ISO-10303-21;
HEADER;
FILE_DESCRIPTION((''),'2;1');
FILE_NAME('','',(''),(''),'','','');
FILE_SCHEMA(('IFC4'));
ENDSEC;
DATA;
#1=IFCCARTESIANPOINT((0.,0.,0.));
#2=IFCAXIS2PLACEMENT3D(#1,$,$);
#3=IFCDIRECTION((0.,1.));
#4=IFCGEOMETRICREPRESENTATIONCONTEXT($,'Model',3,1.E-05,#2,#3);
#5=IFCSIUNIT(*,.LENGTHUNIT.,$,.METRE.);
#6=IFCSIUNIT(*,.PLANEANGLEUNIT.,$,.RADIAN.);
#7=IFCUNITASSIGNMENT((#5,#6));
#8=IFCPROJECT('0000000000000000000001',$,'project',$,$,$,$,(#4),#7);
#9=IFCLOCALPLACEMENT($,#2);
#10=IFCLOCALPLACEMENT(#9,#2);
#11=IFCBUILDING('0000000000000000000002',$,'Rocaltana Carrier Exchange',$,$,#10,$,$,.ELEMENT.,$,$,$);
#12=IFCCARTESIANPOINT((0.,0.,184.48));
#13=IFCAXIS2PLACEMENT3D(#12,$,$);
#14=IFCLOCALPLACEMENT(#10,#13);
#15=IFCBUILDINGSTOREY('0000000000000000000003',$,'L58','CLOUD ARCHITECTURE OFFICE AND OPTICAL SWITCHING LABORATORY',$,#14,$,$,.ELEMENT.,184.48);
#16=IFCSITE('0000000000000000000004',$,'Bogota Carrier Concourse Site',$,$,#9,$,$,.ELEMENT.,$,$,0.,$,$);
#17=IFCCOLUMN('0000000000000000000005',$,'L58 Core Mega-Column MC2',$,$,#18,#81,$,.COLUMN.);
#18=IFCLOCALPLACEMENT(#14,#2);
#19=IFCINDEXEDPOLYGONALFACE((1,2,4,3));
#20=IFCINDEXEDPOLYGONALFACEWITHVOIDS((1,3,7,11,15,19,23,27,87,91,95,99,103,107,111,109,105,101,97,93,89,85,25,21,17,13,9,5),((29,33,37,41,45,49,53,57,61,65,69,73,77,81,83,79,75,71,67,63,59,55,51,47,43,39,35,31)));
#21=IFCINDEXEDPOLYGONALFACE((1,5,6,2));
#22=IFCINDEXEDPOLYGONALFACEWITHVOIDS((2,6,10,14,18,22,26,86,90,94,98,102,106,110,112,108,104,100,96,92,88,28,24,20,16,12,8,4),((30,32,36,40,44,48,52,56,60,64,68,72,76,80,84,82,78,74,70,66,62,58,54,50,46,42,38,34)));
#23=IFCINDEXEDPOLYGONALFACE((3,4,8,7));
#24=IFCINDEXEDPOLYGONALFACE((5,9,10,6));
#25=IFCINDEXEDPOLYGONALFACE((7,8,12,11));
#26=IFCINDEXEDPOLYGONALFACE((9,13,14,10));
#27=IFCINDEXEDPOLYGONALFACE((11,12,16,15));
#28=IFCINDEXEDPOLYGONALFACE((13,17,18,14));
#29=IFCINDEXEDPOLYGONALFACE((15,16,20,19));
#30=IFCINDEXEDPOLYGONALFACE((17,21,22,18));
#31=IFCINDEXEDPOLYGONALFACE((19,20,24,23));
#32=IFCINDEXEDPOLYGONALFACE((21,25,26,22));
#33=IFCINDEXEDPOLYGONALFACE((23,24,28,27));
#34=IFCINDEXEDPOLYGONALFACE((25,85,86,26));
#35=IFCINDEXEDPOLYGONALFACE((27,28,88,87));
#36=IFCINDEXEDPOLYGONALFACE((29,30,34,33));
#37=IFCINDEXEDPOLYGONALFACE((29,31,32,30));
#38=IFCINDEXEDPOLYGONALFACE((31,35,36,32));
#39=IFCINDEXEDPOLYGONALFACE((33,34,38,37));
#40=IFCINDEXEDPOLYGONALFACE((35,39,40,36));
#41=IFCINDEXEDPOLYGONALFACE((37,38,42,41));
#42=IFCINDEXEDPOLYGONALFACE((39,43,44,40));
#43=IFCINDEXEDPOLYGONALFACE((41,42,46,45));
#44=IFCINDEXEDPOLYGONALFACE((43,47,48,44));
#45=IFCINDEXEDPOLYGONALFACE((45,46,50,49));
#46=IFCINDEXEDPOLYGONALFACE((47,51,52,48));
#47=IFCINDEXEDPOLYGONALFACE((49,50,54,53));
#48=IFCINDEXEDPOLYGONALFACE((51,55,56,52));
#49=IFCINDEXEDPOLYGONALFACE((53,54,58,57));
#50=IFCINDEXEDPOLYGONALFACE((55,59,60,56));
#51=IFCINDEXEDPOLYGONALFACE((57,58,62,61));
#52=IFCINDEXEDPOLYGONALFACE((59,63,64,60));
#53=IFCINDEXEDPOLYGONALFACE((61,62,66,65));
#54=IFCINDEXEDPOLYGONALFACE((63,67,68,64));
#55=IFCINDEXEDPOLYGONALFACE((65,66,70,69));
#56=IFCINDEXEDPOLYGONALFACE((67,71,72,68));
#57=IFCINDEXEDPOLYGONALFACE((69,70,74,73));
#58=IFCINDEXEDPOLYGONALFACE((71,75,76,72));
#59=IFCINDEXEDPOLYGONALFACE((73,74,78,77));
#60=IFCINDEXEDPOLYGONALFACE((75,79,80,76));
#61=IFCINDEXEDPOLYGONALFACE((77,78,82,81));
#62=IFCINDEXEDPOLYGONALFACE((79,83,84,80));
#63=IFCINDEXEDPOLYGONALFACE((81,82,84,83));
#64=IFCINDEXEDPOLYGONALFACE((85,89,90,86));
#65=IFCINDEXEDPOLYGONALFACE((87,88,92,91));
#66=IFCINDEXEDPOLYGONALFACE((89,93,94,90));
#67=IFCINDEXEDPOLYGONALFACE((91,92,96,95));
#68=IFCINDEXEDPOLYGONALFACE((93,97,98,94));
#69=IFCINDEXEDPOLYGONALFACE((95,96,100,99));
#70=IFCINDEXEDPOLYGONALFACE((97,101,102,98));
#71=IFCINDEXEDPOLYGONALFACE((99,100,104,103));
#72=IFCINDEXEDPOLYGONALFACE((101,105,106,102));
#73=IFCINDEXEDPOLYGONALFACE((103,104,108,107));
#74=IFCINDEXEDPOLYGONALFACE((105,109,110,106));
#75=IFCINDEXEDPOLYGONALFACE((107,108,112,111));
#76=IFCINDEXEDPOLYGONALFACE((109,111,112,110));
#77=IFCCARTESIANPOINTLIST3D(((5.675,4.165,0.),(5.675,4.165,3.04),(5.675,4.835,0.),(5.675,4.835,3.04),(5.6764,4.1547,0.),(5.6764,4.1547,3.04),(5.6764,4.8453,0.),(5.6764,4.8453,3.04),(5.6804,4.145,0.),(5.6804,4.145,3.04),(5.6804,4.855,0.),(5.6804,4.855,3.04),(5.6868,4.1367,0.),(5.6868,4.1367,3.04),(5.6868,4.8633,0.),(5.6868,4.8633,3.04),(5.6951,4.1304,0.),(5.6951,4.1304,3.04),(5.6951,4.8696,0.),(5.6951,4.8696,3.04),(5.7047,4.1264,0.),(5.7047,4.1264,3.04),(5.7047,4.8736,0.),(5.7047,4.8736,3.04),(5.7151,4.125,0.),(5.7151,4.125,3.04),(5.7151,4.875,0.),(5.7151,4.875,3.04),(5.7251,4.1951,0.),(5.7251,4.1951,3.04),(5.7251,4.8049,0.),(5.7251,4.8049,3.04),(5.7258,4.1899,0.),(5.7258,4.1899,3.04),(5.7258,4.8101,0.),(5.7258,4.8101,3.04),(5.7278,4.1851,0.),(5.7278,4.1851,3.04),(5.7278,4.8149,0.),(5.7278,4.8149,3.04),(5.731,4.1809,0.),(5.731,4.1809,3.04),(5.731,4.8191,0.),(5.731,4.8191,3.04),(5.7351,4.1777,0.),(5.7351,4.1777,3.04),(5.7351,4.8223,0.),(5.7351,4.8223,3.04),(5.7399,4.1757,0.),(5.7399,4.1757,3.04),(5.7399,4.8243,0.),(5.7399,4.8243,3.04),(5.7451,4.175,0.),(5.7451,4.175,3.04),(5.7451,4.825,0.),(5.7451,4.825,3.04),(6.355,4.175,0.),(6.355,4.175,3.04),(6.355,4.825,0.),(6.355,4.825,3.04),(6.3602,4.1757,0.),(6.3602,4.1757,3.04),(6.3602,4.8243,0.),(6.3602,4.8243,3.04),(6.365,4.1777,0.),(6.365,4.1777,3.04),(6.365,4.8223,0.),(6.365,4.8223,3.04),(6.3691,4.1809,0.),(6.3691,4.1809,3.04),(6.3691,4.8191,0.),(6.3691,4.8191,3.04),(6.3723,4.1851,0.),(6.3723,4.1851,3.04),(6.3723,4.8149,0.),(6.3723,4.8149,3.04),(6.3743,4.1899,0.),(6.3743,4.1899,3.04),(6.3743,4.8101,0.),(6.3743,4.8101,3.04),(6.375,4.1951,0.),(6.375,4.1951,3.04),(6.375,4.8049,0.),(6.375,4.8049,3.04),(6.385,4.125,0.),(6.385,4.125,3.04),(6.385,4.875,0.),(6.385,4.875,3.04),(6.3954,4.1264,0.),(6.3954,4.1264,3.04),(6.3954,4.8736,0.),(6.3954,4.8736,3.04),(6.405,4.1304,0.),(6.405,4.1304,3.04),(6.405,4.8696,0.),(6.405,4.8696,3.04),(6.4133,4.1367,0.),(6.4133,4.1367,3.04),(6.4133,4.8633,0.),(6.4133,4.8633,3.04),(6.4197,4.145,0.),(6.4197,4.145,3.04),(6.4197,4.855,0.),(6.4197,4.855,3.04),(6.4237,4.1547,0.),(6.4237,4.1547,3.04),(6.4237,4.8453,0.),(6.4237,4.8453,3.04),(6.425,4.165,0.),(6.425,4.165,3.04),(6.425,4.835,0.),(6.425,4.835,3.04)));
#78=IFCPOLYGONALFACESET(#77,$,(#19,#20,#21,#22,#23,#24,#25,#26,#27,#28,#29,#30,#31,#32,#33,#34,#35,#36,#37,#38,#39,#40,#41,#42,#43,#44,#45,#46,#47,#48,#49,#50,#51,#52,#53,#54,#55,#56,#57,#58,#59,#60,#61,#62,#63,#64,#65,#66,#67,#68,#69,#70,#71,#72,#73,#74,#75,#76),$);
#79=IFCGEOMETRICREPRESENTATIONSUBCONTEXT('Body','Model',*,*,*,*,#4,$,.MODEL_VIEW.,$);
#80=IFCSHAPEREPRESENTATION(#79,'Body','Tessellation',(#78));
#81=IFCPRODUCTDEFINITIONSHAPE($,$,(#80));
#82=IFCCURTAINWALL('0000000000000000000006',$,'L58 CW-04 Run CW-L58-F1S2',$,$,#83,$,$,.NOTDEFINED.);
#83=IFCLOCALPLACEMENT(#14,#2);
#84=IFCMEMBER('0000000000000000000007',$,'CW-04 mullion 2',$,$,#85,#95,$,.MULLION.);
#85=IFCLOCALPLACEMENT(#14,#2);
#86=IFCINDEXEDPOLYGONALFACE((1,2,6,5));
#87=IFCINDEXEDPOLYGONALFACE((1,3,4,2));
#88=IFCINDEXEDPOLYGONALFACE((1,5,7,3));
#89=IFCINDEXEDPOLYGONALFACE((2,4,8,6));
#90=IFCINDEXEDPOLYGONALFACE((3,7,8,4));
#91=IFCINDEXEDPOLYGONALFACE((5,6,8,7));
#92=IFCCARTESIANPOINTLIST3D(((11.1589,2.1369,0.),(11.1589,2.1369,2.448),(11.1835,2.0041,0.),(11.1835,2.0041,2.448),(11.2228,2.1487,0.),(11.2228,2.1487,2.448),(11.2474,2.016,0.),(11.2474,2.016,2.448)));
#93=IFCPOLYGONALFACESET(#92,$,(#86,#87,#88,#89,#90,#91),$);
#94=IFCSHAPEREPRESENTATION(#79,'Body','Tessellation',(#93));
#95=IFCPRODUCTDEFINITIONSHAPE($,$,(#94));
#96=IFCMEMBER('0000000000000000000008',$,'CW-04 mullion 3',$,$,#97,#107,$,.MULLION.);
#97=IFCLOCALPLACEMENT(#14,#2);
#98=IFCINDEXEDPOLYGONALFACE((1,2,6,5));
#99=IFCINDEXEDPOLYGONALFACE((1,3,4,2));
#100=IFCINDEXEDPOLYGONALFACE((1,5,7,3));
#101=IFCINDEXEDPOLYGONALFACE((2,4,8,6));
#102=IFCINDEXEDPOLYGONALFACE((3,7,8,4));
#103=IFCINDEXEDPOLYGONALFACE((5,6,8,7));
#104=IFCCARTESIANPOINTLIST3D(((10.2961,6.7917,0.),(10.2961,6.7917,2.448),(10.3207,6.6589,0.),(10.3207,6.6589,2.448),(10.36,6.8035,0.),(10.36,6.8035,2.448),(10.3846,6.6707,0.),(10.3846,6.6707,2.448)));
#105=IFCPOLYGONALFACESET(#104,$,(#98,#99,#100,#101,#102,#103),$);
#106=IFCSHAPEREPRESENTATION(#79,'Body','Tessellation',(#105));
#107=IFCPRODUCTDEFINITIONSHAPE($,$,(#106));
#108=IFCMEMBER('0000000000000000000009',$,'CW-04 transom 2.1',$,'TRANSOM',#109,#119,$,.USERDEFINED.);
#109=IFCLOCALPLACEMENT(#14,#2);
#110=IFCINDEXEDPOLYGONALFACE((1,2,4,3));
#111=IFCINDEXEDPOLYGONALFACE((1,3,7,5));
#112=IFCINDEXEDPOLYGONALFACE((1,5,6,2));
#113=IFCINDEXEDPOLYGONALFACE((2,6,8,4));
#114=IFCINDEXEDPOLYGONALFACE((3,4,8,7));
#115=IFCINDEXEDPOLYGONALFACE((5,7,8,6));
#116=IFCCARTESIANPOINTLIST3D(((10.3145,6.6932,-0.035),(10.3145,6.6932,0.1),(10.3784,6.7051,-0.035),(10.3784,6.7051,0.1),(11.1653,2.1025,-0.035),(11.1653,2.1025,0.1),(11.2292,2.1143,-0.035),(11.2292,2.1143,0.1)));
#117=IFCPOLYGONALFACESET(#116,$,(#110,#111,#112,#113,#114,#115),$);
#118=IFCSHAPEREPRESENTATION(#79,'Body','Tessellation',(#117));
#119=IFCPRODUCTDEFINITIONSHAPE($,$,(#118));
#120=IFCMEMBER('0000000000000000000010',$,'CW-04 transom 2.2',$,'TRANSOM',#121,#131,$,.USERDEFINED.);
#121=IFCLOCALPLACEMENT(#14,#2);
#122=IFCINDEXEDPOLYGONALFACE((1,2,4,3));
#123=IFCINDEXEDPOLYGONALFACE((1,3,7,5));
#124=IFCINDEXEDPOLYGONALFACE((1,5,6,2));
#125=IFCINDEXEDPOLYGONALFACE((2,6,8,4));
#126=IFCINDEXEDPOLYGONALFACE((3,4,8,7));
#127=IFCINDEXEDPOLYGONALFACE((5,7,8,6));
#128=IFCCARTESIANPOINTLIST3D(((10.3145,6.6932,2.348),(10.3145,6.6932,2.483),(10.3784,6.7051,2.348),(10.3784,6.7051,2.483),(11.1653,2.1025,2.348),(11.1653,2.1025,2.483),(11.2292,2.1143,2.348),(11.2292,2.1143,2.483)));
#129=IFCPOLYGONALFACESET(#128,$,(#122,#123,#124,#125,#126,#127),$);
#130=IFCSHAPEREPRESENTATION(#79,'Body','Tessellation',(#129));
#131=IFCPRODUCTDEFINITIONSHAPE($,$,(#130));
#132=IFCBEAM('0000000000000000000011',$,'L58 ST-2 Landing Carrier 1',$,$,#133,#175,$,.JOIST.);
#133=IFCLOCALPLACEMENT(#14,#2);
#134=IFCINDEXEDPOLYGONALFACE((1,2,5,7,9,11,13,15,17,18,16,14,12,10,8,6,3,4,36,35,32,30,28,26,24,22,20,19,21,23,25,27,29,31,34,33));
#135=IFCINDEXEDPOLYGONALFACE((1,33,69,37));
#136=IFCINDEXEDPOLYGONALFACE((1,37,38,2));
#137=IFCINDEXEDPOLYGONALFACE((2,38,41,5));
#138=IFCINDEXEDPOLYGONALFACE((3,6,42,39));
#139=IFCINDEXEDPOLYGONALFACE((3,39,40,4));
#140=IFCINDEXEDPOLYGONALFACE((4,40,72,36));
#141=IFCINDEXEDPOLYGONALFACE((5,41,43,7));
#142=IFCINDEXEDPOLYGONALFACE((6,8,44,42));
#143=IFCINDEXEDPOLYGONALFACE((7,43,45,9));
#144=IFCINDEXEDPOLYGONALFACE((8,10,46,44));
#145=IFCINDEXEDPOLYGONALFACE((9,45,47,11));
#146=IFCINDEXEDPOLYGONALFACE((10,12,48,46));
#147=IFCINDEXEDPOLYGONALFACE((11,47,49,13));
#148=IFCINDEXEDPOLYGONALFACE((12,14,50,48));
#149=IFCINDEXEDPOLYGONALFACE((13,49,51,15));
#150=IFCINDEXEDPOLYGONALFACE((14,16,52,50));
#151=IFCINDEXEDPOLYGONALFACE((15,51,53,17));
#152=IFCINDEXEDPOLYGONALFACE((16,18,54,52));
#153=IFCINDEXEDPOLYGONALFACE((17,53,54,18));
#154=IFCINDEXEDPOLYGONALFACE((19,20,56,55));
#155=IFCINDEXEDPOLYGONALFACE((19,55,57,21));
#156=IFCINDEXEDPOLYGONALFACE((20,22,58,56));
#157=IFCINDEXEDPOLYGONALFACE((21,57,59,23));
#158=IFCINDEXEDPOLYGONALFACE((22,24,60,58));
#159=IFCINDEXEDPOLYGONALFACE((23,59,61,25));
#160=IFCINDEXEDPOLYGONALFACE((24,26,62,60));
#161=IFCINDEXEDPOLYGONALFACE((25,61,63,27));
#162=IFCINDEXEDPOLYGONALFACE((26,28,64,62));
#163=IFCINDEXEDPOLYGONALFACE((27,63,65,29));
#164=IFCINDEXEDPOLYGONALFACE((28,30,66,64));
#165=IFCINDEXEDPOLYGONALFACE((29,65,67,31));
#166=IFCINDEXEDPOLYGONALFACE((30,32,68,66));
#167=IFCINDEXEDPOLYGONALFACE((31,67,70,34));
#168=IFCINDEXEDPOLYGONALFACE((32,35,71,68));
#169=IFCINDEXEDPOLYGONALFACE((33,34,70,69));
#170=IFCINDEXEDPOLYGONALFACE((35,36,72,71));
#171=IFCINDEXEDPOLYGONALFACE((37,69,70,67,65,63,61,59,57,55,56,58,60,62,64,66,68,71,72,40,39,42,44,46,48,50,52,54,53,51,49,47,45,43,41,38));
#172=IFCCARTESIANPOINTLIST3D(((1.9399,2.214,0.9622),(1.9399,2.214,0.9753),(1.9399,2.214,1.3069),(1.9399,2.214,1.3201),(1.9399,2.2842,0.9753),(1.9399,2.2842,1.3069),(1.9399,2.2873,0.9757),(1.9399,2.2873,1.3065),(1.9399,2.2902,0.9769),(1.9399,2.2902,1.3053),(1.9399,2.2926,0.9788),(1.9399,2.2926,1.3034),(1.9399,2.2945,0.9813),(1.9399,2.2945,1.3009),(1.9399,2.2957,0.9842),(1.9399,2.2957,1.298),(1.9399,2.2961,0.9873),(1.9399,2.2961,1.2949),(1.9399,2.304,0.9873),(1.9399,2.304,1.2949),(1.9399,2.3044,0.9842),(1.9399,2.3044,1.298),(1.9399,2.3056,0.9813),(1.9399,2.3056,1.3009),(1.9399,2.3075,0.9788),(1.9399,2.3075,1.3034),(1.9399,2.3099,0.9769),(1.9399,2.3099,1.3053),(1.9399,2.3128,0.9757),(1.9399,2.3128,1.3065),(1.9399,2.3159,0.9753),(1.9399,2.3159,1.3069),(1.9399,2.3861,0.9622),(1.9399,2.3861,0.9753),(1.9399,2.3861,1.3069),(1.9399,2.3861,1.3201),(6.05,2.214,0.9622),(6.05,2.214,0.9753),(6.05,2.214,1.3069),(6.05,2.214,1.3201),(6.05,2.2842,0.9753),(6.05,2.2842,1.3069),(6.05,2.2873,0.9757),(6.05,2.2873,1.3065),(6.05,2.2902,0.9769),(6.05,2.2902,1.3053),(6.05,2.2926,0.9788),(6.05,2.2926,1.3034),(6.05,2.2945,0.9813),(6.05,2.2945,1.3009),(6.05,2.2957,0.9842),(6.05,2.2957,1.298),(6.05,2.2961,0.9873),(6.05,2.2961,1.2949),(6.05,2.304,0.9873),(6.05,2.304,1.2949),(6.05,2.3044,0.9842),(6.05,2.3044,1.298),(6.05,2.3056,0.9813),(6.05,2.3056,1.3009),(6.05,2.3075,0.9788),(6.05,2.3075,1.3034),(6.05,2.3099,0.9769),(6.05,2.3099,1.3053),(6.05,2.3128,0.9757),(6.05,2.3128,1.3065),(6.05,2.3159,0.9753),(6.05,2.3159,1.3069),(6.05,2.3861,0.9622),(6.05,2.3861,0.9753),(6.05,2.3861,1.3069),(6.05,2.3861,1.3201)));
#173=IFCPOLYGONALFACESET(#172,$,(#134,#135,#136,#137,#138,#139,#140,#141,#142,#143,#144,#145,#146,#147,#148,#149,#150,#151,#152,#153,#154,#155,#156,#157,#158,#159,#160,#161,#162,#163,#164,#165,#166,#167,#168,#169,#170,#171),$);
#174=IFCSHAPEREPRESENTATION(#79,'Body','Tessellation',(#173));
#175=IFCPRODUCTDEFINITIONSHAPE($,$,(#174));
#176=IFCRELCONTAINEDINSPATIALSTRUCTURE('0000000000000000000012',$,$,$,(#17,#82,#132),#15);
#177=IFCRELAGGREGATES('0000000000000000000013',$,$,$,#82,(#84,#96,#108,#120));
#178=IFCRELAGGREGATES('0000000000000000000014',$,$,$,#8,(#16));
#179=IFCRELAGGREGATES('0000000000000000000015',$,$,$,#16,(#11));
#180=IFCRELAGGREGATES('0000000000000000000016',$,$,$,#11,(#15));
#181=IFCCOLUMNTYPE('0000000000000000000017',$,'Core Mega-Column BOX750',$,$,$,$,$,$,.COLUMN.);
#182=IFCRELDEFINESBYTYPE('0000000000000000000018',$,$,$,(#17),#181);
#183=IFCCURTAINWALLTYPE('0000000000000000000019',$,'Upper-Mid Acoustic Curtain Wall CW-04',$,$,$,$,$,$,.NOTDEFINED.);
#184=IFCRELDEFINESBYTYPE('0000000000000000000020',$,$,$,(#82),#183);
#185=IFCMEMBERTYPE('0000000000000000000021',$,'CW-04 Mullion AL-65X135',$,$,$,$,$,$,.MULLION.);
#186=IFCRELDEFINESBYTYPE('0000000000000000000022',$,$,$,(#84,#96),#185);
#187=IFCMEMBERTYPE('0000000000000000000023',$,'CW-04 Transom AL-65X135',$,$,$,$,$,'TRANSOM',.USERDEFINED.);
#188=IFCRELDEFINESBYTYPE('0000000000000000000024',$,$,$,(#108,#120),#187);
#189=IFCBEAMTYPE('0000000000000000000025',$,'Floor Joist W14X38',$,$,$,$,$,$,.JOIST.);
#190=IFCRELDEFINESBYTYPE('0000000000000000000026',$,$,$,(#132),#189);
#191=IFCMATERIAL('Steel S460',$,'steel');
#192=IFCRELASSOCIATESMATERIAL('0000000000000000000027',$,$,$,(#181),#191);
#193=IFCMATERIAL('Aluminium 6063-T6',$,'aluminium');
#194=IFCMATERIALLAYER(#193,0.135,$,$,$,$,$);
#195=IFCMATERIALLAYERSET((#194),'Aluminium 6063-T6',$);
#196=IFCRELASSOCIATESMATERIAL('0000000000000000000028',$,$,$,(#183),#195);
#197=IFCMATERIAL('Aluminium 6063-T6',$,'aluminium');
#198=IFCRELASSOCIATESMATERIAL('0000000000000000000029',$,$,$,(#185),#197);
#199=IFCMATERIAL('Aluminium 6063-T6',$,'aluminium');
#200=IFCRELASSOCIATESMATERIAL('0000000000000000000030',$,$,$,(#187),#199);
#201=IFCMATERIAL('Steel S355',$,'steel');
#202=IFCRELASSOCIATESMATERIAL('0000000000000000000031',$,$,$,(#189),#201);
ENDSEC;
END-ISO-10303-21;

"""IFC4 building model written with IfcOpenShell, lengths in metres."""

from ifc_helpers import new_model, si_unit, direction, frame, origin, origin_2d, place, context, subcontext, project, spatial, rectangle, hollow_rectangle, i_section, extrude, material, layer, layer_set, material_profile, profile_set, type_object, element, aggregate, save


model = new_model("IFC4")

# Units and contexts
model_context = context("Model", 3, precision=1e-05, world=origin(), true_north=direction((0.0, 1.0)))
body_context = subcontext(model_context, "Body", "Model", "MODEL_VIEW")
ifc_project = project(units=[si_unit("LENGTHUNIT", "METRE"), si_unit("PLANEANGLEUNIT", "RADIAN")], contexts=[model_context])

# Site, building, storey
site_placement = place(None, origin())
site = spatial("IfcSite", under=ifc_project, at=site_placement, Name="Bogota Carrier Concourse Site", CompositionType="ELEMENT", RefElevation=0.0)
building_placement = place(site_placement, origin())
building = spatial("IfcBuilding", under=site, at=building_placement, Name="Rocaltana Carrier Exchange", CompositionType="ELEMENT")
storey_placement = place(building_placement, frame((0.0, 0.0, 184.48)))
storey = spatial("IfcBuildingStorey", under=building, at=storey_placement, Name="L58", Description="CLOUD ARCHITECTURE OFFICE AND OPTICAL SWITCHING LABORATORY", CompositionType="ELEMENT", Elevation=184.48)

# Column
ifc_material_1 = material(Name="Steel S460", Category="steel")
ifc_material_profile_1 = material_profile(ifc_material_1, hollow_rectangle(XDim=0.75, YDim=0.75, WallThickness=0.05, InnerFilletRadius=0.02, OuterFilletRadius=0.04, at=origin_2d()), Name="BOX750X750X50")
ifc_profile_set_1 = profile_set([ifc_material_profile_1], Name="Steel S460")
column_type = type_object("IfcColumnType", Name="Core Mega-Column BOX750", PredefinedType="COLUMN", material=ifc_profile_set_1)
column_placement = place(storey_placement, frame((6.05, 4.5, 0.0), z_axis=(0.0, 0.0, 1.0), x_axis=(1.0, 0.0, 0.0)))
element("IfcColumn", 1, at=column_placement, inside=storey, type_object=column_type, Name="L58 Core Mega-Column MC2", PredefinedType="COLUMN", context=body_context, shape_type="SweptSolid", body=[
    extrude(hollow_rectangle(XDim=0.75, YDim=0.75, WallThickness=0.05, InnerFilletRadius=0.02, OuterFilletRadius=0.04, at=origin_2d()), origin(), (0.0, 0.0, 1.0), 3.04),
])

# Curtain wall, members
ifc_material_2 = material(Name="Aluminium 6063-T6", Category="aluminium")
ifc_layer_1 = layer(ifc_material_2, 0.135)
ifc_layer_set_1 = layer_set([ifc_layer_1], Name="Aluminium 6063-T6")
curtain_wall_type = type_object("IfcCurtainWallType", Name="Upper-Mid Acoustic Curtain Wall CW-04", PredefinedType="NOTDEFINED", material=ifc_layer_set_1)
curtain_wall_placement = place(storey_placement, origin())
curtain_wall = element("IfcCurtainWall", 2, at=curtain_wall_placement, inside=storey, type_object=curtain_wall_type, Name="L58 CW-04 Run CW-L58-F1S2", PredefinedType="NOTDEFINED")
ifc_material_3 = material(Name="Aluminium 6063-T6", Category="aluminium")
ifc_material_profile_2 = material_profile(ifc_material_3, rectangle(XDim=0.0649, YDim=0.135, at=origin_2d()), Name="AL-65X135")
ifc_profile_set_2 = profile_set([ifc_material_profile_2], Name="Aluminium 6063-T6")
member_type_1 = type_object("IfcMemberType", Name="CW-04 Mullion AL-65X135", PredefinedType="MULLION", material=ifc_profile_set_2)
member_1_placement = place(storey_placement, frame((11.2031, 2.0764, 0.0), z_axis=(0.0, 0.0, 1.0), x_axis=(-0.983255, -0.182236, 0.0)))
member_1 = element("IfcMember", 3, at=member_1_placement, type_object=member_type_1, Name="CW-04 mullion 2", PredefinedType="MULLION", context=body_context, shape_type="SweptSolid", body=[
    extrude(rectangle(XDim=0.0649, YDim=0.135, at=origin_2d()), origin(), (0.0, 0.0, 1.0), 2.448),
])
member_2_placement = place(storey_placement, frame((10.3403, 6.7312, 0.0), z_axis=(0.0, 0.0, 1.0), x_axis=(-0.983255, -0.182236, 0.0)))
member_2 = element("IfcMember", 4, at=member_2_placement, type_object=member_type_1, Name="CW-04 mullion 3", PredefinedType="MULLION", context=body_context, shape_type="SweptSolid", body=[
    extrude(rectangle(XDim=0.0649, YDim=0.135, at=origin_2d()), origin(), (0.0, 0.0, 1.0), 2.448),
])
ifc_material_4 = material(Name="Aluminium 6063-T6", Category="aluminium")
ifc_material_profile_3 = material_profile(ifc_material_4, rectangle(XDim=0.0649, YDim=0.135, at=origin_2d()), Name="AL-65X135")
ifc_profile_set_3 = profile_set([ifc_material_profile_3], Name="Aluminium 6063-T6")
member_type_2 = type_object("IfcMemberType", Name="CW-04 Transom AL-65X135", ElementType="TRANSOM", PredefinedType="USERDEFINED", material=ifc_profile_set_3)
member_3_placement = place(storey_placement, frame((11.1973, 2.1084, 0.0325), z_axis=(-0.18223, 0.983256, 0.0), x_axis=(-0.983256, -0.18223, 0.0)))
member_3 = element("IfcMember", 5, at=member_3_placement, type_object=member_type_2, Name="CW-04 transom 2.1", ObjectType="TRANSOM", PredefinedType="USERDEFINED", context=body_context, shape_type="SweptSolid", body=[
    extrude(rectangle(XDim=0.0649, YDim=0.135, at=origin_2d()), origin(), (0.0, 0.0, 1.0), 4.6689),
])
member_4_placement = place(storey_placement, frame((11.1973, 2.1084, 2.4155), z_axis=(-0.18223, 0.983256, 0.0), x_axis=(-0.983256, -0.18223, 0.0)))
member_4 = element("IfcMember", 6, at=member_4_placement, type_object=member_type_2, Name="CW-04 transom 2.2", ObjectType="TRANSOM", PredefinedType="USERDEFINED", context=body_context, shape_type="SweptSolid", body=[
    extrude(rectangle(XDim=0.0649, YDim=0.135, at=origin_2d()), origin(), (0.0, 0.0, 1.0), 4.6689),
])

# Beam
ifc_material_5 = material(Name="Steel S355", Category="steel")
ifc_material_profile_4 = material_profile(ifc_material_5, i_section(OverallWidth=0.1721, OverallDepth=0.3579, WebThickness=0.0078, FlangeThickness=0.0132, FilletRadius=0.012, at=origin_2d()), Name="W14X38")
ifc_profile_set_4 = profile_set([ifc_material_profile_4], Name="Steel S355")
beam_type_1 = type_object("IfcBeamType", Name="Floor Joist W14X38", PredefinedType="JOIST", material=ifc_profile_set_4)
for number, where, z_axis, x_axis, name in (
    (7, (1.9399, 2.3, 1.1411), (1.0, 0.0, 0.0), (0.0, 1.0, 0.0), "L58 ST-2 Landing Carrier 1"),
):
    element("IfcBeam", number, at=place(storey_placement, frame(where, z_axis=z_axis, x_axis=x_axis)), inside=storey, type_object=beam_type_1, Name=name, PredefinedType="JOIST", context=body_context, shape_type="SweptSolid", body=[
        extrude(i_section(OverallWidth=0.1721, OverallDepth=0.3579, WebThickness=0.0078, FlangeThickness=0.0132, FilletRadius=0.012, at=origin_2d()), origin(), (0.0, 0.0, 1.0), 4.1101),
    ])

aggregate(curtain_wall, [member_1, member_2, member_3, member_4])

save(model, "model.ifc")
